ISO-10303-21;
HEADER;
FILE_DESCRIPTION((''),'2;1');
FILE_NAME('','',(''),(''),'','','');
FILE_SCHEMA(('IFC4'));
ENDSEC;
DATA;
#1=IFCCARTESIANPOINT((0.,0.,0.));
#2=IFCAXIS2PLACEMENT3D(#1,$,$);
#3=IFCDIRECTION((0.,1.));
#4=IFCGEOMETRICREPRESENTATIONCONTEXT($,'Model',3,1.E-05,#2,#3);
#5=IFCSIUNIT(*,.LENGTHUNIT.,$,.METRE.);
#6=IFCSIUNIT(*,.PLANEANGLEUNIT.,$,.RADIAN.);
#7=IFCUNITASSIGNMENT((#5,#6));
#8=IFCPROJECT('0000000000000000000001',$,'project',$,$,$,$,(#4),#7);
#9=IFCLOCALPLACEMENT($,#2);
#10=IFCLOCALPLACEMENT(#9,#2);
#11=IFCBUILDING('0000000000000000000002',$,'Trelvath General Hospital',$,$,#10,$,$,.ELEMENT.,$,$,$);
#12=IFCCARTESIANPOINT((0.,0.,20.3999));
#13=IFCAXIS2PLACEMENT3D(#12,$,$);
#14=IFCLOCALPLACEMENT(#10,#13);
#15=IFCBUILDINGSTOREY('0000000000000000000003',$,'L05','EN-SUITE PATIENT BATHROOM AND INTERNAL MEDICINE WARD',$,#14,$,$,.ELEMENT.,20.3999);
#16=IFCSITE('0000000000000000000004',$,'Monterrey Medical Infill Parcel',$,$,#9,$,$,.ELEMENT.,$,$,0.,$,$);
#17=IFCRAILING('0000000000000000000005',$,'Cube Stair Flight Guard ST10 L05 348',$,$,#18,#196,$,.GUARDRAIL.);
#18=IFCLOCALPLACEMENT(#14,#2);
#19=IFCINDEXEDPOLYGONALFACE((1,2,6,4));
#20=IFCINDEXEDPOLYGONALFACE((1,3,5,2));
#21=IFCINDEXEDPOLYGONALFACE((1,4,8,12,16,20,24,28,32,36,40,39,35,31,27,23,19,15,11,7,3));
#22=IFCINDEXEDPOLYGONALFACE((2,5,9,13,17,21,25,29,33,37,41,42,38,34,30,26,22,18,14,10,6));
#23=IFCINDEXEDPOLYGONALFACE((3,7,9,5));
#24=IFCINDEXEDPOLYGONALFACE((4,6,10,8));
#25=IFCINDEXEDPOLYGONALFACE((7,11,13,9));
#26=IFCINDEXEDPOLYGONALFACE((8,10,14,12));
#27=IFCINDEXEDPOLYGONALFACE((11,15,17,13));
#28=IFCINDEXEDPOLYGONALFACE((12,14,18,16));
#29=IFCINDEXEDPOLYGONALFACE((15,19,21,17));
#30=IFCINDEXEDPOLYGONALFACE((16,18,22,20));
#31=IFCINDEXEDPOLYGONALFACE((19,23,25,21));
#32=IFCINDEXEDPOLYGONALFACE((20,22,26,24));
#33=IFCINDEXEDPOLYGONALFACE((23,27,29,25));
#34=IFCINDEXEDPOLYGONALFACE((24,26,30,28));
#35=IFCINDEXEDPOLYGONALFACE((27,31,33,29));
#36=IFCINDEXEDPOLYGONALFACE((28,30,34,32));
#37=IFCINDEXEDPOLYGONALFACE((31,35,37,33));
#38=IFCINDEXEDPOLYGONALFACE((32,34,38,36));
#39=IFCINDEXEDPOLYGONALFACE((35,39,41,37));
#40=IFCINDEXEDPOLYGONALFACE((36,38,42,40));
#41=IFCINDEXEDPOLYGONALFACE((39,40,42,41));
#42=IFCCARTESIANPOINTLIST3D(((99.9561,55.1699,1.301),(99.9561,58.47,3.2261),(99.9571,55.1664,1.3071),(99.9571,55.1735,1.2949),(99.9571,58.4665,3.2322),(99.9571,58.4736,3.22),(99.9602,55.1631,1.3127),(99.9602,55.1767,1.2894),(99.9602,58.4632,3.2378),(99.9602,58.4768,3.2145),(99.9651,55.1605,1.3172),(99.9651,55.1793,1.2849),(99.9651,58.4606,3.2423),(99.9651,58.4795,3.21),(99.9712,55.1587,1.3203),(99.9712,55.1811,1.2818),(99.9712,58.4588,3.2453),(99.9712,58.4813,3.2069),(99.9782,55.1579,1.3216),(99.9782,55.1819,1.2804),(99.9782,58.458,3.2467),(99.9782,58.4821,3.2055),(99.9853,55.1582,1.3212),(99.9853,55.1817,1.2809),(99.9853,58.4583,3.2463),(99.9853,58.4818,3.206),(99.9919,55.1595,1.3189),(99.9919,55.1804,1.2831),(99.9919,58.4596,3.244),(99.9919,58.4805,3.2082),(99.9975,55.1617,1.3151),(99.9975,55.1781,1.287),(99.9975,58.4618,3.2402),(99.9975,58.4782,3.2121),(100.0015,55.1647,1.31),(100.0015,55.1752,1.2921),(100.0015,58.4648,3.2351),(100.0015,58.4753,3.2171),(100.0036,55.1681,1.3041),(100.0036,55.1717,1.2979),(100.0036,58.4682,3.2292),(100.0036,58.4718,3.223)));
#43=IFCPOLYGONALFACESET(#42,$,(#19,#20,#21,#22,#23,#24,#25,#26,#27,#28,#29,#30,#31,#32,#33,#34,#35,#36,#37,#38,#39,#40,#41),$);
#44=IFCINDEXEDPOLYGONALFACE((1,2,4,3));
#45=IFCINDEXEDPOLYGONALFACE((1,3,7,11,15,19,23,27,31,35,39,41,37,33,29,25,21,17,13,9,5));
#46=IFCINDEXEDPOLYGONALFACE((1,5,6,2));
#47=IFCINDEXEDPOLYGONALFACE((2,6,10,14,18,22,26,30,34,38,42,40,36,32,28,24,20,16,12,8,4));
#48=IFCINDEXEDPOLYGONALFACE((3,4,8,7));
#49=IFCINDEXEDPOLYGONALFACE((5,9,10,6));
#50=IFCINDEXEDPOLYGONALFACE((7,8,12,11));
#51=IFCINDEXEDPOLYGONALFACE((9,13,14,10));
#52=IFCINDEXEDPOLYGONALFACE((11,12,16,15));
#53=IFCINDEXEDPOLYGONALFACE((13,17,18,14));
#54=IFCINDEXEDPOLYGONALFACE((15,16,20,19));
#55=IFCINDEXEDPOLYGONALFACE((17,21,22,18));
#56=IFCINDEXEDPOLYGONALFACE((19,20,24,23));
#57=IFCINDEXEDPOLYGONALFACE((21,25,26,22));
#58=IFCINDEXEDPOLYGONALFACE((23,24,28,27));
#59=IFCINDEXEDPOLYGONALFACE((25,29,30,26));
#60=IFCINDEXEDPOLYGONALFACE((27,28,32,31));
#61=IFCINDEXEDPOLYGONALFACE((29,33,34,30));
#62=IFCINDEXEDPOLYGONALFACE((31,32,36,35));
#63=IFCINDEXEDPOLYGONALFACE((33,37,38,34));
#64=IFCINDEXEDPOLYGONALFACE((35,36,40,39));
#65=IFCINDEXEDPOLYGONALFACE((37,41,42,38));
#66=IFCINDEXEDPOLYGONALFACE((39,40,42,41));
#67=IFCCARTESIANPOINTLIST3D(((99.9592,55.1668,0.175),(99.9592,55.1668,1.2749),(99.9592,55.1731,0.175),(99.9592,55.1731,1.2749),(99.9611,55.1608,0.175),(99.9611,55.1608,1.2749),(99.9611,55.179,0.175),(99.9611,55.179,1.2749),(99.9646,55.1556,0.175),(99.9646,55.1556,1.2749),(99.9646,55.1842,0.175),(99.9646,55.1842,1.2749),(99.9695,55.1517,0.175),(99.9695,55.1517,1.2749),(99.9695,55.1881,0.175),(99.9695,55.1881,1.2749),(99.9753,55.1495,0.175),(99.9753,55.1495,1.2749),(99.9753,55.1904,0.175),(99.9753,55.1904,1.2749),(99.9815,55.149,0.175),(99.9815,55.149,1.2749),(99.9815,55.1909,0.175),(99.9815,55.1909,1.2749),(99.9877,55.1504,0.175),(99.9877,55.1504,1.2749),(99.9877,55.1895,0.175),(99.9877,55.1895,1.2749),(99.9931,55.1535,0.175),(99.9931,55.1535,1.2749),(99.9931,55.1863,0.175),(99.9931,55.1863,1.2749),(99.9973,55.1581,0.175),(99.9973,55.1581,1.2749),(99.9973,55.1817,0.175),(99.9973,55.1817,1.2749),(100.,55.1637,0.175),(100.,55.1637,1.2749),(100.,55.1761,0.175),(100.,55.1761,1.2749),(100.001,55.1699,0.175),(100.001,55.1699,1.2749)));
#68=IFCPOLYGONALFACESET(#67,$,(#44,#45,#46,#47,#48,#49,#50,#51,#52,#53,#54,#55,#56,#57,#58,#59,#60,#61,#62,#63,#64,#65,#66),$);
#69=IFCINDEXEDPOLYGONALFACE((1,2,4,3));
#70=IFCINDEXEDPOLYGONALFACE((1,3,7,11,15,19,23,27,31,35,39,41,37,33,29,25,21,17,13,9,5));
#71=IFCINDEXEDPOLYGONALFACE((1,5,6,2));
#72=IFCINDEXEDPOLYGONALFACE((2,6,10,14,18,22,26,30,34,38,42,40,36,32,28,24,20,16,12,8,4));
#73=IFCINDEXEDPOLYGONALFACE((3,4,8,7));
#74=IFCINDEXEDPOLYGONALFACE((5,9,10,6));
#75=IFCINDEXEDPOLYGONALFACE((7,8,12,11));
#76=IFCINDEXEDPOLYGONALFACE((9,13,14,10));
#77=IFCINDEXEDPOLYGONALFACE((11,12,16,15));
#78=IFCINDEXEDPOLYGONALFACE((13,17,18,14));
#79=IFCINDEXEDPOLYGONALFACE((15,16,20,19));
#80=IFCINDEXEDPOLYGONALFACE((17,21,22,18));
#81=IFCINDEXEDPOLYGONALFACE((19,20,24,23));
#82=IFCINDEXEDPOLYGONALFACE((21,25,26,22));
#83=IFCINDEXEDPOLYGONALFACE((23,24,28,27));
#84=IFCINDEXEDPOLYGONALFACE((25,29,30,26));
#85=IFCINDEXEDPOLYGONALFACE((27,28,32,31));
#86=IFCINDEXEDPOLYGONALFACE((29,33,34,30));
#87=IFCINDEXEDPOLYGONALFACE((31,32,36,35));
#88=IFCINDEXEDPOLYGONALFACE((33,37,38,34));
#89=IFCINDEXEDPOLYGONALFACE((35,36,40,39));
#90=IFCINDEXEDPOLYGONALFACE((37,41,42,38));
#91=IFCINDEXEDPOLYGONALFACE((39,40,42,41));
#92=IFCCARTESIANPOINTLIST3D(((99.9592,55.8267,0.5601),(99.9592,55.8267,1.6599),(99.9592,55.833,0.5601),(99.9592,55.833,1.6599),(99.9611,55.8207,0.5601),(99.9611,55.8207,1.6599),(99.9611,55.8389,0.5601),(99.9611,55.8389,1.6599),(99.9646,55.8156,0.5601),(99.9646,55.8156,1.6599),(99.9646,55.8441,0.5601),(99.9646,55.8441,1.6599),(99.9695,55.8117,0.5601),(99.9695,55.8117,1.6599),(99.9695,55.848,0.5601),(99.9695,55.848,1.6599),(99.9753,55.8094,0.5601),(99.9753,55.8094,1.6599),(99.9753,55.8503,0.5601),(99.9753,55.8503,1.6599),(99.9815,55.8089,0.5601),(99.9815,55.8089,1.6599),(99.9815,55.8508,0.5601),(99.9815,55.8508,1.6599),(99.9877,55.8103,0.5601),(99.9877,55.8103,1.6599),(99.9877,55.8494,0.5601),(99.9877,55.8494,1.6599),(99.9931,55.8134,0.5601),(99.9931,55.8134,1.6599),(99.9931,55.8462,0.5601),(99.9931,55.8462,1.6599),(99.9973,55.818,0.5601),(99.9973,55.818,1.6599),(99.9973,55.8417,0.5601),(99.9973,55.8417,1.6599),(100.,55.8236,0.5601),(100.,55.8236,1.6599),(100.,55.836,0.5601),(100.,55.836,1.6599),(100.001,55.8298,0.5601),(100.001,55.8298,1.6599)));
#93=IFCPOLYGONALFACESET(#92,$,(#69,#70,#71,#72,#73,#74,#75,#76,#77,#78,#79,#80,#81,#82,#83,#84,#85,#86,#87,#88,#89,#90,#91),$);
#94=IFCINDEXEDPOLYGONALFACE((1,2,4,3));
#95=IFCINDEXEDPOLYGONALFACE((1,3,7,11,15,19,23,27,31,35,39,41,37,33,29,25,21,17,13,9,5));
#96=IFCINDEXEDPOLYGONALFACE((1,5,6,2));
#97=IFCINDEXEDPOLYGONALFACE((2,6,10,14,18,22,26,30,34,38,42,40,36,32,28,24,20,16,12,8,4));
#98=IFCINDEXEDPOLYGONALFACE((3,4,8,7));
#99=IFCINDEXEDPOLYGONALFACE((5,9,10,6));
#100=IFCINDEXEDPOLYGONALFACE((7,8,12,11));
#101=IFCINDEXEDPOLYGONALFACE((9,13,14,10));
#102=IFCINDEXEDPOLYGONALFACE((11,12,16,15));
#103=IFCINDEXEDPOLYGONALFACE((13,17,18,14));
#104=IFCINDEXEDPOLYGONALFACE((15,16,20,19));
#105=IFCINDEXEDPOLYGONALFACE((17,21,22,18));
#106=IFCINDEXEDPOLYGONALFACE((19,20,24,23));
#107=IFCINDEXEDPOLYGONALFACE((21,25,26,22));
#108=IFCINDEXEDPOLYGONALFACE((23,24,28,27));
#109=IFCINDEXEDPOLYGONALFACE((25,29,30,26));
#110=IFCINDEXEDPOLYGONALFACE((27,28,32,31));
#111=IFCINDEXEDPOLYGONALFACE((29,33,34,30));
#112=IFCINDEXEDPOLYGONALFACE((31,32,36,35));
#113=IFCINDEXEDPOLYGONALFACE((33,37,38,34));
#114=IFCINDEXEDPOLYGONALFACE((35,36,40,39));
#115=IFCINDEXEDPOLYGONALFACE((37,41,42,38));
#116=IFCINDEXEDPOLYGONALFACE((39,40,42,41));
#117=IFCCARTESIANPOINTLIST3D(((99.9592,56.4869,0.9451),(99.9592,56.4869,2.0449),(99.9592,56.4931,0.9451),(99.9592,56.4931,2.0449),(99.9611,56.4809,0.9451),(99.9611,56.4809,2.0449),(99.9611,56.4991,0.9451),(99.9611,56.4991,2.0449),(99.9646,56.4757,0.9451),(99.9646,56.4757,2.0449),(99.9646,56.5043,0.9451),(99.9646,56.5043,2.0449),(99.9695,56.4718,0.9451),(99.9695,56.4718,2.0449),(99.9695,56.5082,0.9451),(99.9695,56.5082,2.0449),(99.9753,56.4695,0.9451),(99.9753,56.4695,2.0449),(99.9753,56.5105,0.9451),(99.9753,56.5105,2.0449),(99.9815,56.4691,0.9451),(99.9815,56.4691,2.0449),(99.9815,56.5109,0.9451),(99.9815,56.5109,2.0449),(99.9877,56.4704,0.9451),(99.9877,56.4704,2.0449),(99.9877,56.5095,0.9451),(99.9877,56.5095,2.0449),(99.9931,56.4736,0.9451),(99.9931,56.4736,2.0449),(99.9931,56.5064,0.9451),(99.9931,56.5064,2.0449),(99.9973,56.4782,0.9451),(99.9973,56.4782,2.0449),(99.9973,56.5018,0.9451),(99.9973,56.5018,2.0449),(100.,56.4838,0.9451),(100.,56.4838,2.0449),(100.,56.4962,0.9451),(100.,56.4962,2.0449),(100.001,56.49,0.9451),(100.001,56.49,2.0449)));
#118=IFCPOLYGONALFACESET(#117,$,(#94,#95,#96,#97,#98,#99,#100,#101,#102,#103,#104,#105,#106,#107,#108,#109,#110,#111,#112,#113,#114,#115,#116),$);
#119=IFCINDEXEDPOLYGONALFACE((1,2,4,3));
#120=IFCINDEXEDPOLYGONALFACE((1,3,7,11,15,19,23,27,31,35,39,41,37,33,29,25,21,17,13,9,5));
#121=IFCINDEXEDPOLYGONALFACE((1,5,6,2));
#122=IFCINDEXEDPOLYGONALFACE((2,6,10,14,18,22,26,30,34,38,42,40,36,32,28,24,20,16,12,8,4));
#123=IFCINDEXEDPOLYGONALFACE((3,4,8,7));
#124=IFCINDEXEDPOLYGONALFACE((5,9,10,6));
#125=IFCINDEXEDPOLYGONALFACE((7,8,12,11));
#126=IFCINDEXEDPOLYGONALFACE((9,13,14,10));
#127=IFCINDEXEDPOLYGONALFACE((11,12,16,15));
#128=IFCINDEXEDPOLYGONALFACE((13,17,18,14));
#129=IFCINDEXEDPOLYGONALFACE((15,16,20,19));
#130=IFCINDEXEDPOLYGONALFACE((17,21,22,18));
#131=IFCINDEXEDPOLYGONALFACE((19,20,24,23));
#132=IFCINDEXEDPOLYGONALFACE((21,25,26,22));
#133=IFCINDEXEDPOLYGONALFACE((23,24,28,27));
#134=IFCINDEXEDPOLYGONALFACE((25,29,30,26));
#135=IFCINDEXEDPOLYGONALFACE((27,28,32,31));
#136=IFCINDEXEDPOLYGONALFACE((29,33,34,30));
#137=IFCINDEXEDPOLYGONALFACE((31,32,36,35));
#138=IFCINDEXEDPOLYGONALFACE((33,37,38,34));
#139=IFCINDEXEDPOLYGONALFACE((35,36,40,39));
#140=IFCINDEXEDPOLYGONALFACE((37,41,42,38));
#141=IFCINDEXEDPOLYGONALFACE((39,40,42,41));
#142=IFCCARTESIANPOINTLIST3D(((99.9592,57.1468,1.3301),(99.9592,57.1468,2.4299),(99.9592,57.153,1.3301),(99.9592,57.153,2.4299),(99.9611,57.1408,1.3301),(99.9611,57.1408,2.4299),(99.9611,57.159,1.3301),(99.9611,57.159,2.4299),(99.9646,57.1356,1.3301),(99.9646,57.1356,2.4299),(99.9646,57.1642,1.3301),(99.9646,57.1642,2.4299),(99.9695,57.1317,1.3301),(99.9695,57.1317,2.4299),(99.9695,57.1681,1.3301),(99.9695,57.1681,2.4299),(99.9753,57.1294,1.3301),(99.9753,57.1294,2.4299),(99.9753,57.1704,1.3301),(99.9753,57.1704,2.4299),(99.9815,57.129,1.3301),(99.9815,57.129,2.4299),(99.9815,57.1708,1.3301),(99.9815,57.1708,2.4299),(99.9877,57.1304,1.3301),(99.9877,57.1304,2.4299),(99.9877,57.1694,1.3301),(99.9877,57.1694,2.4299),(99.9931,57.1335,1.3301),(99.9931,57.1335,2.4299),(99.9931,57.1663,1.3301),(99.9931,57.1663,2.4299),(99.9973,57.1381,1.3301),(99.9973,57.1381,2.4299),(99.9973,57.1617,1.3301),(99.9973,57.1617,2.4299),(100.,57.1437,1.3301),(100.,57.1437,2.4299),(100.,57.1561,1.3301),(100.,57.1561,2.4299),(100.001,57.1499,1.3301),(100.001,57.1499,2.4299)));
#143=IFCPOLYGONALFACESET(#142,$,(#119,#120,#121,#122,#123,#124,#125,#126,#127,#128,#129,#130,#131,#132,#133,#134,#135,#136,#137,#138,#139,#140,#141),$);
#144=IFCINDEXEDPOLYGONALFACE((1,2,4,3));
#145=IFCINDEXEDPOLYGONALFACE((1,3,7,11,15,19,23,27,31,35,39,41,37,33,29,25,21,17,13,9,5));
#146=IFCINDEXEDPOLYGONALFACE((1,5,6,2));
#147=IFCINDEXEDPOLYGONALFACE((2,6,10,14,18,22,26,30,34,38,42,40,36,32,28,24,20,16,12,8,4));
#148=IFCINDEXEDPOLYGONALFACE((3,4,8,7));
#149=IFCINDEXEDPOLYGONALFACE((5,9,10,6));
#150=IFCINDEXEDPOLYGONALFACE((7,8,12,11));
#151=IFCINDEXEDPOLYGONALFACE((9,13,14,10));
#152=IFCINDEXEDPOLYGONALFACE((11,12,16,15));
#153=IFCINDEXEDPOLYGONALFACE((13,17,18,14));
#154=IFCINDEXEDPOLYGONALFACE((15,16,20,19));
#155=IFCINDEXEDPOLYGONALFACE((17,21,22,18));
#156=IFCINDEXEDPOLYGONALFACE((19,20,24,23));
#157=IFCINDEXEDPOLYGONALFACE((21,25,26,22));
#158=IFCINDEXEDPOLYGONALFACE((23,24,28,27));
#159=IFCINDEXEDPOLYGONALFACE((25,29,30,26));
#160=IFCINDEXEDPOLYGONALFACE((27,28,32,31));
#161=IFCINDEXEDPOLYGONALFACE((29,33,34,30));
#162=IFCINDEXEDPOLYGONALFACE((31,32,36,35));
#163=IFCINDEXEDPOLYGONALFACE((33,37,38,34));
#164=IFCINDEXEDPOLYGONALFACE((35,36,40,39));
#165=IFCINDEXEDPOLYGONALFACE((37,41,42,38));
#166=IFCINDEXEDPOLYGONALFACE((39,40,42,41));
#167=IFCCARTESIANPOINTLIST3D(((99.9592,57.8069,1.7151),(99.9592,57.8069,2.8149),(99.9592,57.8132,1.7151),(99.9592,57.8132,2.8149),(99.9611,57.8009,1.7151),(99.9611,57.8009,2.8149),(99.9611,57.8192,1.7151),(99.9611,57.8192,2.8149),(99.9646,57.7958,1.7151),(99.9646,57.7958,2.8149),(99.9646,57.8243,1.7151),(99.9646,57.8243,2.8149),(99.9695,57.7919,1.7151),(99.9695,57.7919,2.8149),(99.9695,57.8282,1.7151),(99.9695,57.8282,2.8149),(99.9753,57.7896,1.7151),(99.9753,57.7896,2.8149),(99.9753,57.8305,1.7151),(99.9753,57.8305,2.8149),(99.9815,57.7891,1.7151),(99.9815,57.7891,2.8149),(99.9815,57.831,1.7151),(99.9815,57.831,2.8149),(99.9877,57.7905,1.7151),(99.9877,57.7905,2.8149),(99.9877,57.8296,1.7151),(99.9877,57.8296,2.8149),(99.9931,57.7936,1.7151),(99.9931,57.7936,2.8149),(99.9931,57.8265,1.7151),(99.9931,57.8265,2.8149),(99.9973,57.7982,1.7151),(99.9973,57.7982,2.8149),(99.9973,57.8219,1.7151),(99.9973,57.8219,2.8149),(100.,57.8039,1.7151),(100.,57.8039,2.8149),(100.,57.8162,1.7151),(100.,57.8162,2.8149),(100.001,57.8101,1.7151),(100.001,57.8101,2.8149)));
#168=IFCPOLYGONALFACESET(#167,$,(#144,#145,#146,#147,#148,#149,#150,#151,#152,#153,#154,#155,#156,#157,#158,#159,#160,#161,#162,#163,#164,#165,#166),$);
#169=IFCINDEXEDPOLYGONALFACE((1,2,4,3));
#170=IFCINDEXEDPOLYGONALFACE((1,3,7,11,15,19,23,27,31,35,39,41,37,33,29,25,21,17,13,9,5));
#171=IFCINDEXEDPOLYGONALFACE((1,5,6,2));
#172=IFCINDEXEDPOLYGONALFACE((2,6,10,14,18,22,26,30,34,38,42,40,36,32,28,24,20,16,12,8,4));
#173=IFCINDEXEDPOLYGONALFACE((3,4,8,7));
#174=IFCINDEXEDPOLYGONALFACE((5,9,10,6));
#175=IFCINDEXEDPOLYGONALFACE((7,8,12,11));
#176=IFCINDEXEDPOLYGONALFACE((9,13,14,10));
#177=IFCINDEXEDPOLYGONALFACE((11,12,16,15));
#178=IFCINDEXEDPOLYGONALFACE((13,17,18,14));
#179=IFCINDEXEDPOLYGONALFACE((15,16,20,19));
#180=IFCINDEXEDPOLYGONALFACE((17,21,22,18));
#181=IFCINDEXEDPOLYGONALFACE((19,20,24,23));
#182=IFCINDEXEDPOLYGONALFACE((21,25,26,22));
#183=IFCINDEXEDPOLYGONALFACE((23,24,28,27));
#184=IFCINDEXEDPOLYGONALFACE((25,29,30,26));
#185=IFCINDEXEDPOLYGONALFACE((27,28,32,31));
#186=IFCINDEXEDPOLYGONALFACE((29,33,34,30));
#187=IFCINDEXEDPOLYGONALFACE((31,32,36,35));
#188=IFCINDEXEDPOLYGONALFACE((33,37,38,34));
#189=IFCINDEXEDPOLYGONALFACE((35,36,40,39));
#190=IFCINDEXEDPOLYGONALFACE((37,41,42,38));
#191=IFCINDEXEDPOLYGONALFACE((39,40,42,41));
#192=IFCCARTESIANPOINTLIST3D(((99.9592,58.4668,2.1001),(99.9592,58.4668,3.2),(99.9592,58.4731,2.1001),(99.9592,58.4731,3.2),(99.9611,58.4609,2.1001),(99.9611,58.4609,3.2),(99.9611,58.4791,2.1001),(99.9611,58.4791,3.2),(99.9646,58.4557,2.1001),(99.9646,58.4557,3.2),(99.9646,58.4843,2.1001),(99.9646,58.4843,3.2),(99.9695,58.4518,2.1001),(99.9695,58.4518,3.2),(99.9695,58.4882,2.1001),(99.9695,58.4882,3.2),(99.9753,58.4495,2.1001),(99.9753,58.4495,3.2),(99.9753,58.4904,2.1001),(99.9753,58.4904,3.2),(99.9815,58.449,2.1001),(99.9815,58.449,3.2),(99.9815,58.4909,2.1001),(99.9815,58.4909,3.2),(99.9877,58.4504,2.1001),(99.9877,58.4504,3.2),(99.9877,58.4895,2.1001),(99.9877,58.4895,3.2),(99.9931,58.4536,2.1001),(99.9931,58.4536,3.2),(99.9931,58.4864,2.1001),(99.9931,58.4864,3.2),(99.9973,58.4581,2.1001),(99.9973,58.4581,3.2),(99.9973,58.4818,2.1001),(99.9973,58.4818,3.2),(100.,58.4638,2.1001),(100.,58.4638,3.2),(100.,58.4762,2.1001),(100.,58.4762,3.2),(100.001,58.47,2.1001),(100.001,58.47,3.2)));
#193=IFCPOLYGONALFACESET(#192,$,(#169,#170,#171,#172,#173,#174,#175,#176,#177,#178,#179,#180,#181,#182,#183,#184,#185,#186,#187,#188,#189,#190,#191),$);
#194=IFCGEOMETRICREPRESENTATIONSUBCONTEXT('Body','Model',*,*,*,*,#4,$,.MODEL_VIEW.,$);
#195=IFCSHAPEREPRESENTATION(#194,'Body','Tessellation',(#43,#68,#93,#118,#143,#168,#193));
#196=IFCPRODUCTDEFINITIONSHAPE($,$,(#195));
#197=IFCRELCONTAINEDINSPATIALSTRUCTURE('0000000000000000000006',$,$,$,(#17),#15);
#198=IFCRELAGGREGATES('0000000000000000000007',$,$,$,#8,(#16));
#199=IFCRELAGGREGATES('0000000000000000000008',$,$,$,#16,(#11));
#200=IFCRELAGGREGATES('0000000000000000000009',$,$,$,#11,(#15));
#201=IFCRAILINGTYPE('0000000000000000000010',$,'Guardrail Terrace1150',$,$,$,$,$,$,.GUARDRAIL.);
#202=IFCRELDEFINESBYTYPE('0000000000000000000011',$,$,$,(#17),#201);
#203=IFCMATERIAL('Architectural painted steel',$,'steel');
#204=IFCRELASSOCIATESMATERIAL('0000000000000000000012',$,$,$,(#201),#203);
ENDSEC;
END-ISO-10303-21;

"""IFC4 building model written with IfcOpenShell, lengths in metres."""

from ifc_helpers import new_model, si_unit, direction, frame, origin, origin_2d, place, context, subcontext, project, spatial, circle, extrude, material, type_object, element, save


model = new_model("IFC4")

# Units and contexts
model_context = context("Model", 3, precision=1e-05, world=origin(), true_north=direction((0.0, 1.0)))
body_context = subcontext(model_context, "Body", "Model", "MODEL_VIEW")
ifc_project = project(units=[si_unit("LENGTHUNIT", "METRE"), si_unit("PLANEANGLEUNIT", "RADIAN")], contexts=[model_context])

# Site, building, storey
site_placement = place(None, origin())
site = spatial("IfcSite", under=ifc_project, at=site_placement, Name="Monterrey Medical Infill Parcel", CompositionType="ELEMENT", RefElevation=0.0)
building_placement = place(site_placement, origin())
building = spatial("IfcBuilding", under=site, at=building_placement, Name="Trelvath General Hospital", CompositionType="ELEMENT")
storey_placement = place(building_placement, frame((0.0, 0.0, 20.3999)))
storey = spatial("IfcBuildingStorey", under=building, at=storey_placement, Name="L05", Description="EN-SUITE PATIENT BATHROOM AND INTERNAL MEDICINE WARD", CompositionType="ELEMENT", Elevation=20.3999)

# Railing
ifc_material_1 = material(Name="Architectural painted steel", Category="steel")
railing_type = type_object("IfcRailingType", Name="Guardrail Terrace1150", PredefinedType="GUARDRAIL", material=ifc_material_1)
railing_1_placement = place(storey_placement, frame((99.98, 55.1699, 0.175)))
element("IfcRailing", 1, at=railing_1_placement, inside=storey, type_object=railing_type, Name="Cube Stair Flight Guard ST10 L05 348", PredefinedType="GUARDRAIL", context=body_context, shape_type="SweptSolid", body=[
    extrude(circle(Radius=0.0239, at=origin_2d()), frame((0.0, 0.0, 1.126), z_axis=(0.0, 0.863777, 0.503875), x_axis=(-1.0, 0.0, 0.0)), (0.0, 0.0, 1.0), 3.8206),
    extrude(circle(Radius=0.021, at=origin_2d()), origin(), (0.0, 0.0, 1.0), 1.0999),
    extrude(circle(Radius=0.021, at=origin_2d()), frame((0.0, 0.6599, 0.385)), (0.0, 0.0, 1.0), 1.0999),
    extrude(circle(Radius=0.021, at=origin_2d()), frame((0.0, 1.3201, 0.77)), (0.0, 0.0, 1.0), 1.0999),
    extrude(circle(Radius=0.021, at=origin_2d()), frame((0.0, 1.98, 1.155)), (0.0, 0.0, 1.0), 1.0999),
    extrude(circle(Radius=0.021, at=origin_2d()), frame((0.0, 2.6401, 1.54)), (0.0, 0.0, 1.0), 1.0999),
    extrude(circle(Radius=0.021, at=origin_2d()), frame((0.0, 3.3, 1.925)), (0.0, 0.0, 1.0), 1.0999),
])

save(model, "model.ifc")
